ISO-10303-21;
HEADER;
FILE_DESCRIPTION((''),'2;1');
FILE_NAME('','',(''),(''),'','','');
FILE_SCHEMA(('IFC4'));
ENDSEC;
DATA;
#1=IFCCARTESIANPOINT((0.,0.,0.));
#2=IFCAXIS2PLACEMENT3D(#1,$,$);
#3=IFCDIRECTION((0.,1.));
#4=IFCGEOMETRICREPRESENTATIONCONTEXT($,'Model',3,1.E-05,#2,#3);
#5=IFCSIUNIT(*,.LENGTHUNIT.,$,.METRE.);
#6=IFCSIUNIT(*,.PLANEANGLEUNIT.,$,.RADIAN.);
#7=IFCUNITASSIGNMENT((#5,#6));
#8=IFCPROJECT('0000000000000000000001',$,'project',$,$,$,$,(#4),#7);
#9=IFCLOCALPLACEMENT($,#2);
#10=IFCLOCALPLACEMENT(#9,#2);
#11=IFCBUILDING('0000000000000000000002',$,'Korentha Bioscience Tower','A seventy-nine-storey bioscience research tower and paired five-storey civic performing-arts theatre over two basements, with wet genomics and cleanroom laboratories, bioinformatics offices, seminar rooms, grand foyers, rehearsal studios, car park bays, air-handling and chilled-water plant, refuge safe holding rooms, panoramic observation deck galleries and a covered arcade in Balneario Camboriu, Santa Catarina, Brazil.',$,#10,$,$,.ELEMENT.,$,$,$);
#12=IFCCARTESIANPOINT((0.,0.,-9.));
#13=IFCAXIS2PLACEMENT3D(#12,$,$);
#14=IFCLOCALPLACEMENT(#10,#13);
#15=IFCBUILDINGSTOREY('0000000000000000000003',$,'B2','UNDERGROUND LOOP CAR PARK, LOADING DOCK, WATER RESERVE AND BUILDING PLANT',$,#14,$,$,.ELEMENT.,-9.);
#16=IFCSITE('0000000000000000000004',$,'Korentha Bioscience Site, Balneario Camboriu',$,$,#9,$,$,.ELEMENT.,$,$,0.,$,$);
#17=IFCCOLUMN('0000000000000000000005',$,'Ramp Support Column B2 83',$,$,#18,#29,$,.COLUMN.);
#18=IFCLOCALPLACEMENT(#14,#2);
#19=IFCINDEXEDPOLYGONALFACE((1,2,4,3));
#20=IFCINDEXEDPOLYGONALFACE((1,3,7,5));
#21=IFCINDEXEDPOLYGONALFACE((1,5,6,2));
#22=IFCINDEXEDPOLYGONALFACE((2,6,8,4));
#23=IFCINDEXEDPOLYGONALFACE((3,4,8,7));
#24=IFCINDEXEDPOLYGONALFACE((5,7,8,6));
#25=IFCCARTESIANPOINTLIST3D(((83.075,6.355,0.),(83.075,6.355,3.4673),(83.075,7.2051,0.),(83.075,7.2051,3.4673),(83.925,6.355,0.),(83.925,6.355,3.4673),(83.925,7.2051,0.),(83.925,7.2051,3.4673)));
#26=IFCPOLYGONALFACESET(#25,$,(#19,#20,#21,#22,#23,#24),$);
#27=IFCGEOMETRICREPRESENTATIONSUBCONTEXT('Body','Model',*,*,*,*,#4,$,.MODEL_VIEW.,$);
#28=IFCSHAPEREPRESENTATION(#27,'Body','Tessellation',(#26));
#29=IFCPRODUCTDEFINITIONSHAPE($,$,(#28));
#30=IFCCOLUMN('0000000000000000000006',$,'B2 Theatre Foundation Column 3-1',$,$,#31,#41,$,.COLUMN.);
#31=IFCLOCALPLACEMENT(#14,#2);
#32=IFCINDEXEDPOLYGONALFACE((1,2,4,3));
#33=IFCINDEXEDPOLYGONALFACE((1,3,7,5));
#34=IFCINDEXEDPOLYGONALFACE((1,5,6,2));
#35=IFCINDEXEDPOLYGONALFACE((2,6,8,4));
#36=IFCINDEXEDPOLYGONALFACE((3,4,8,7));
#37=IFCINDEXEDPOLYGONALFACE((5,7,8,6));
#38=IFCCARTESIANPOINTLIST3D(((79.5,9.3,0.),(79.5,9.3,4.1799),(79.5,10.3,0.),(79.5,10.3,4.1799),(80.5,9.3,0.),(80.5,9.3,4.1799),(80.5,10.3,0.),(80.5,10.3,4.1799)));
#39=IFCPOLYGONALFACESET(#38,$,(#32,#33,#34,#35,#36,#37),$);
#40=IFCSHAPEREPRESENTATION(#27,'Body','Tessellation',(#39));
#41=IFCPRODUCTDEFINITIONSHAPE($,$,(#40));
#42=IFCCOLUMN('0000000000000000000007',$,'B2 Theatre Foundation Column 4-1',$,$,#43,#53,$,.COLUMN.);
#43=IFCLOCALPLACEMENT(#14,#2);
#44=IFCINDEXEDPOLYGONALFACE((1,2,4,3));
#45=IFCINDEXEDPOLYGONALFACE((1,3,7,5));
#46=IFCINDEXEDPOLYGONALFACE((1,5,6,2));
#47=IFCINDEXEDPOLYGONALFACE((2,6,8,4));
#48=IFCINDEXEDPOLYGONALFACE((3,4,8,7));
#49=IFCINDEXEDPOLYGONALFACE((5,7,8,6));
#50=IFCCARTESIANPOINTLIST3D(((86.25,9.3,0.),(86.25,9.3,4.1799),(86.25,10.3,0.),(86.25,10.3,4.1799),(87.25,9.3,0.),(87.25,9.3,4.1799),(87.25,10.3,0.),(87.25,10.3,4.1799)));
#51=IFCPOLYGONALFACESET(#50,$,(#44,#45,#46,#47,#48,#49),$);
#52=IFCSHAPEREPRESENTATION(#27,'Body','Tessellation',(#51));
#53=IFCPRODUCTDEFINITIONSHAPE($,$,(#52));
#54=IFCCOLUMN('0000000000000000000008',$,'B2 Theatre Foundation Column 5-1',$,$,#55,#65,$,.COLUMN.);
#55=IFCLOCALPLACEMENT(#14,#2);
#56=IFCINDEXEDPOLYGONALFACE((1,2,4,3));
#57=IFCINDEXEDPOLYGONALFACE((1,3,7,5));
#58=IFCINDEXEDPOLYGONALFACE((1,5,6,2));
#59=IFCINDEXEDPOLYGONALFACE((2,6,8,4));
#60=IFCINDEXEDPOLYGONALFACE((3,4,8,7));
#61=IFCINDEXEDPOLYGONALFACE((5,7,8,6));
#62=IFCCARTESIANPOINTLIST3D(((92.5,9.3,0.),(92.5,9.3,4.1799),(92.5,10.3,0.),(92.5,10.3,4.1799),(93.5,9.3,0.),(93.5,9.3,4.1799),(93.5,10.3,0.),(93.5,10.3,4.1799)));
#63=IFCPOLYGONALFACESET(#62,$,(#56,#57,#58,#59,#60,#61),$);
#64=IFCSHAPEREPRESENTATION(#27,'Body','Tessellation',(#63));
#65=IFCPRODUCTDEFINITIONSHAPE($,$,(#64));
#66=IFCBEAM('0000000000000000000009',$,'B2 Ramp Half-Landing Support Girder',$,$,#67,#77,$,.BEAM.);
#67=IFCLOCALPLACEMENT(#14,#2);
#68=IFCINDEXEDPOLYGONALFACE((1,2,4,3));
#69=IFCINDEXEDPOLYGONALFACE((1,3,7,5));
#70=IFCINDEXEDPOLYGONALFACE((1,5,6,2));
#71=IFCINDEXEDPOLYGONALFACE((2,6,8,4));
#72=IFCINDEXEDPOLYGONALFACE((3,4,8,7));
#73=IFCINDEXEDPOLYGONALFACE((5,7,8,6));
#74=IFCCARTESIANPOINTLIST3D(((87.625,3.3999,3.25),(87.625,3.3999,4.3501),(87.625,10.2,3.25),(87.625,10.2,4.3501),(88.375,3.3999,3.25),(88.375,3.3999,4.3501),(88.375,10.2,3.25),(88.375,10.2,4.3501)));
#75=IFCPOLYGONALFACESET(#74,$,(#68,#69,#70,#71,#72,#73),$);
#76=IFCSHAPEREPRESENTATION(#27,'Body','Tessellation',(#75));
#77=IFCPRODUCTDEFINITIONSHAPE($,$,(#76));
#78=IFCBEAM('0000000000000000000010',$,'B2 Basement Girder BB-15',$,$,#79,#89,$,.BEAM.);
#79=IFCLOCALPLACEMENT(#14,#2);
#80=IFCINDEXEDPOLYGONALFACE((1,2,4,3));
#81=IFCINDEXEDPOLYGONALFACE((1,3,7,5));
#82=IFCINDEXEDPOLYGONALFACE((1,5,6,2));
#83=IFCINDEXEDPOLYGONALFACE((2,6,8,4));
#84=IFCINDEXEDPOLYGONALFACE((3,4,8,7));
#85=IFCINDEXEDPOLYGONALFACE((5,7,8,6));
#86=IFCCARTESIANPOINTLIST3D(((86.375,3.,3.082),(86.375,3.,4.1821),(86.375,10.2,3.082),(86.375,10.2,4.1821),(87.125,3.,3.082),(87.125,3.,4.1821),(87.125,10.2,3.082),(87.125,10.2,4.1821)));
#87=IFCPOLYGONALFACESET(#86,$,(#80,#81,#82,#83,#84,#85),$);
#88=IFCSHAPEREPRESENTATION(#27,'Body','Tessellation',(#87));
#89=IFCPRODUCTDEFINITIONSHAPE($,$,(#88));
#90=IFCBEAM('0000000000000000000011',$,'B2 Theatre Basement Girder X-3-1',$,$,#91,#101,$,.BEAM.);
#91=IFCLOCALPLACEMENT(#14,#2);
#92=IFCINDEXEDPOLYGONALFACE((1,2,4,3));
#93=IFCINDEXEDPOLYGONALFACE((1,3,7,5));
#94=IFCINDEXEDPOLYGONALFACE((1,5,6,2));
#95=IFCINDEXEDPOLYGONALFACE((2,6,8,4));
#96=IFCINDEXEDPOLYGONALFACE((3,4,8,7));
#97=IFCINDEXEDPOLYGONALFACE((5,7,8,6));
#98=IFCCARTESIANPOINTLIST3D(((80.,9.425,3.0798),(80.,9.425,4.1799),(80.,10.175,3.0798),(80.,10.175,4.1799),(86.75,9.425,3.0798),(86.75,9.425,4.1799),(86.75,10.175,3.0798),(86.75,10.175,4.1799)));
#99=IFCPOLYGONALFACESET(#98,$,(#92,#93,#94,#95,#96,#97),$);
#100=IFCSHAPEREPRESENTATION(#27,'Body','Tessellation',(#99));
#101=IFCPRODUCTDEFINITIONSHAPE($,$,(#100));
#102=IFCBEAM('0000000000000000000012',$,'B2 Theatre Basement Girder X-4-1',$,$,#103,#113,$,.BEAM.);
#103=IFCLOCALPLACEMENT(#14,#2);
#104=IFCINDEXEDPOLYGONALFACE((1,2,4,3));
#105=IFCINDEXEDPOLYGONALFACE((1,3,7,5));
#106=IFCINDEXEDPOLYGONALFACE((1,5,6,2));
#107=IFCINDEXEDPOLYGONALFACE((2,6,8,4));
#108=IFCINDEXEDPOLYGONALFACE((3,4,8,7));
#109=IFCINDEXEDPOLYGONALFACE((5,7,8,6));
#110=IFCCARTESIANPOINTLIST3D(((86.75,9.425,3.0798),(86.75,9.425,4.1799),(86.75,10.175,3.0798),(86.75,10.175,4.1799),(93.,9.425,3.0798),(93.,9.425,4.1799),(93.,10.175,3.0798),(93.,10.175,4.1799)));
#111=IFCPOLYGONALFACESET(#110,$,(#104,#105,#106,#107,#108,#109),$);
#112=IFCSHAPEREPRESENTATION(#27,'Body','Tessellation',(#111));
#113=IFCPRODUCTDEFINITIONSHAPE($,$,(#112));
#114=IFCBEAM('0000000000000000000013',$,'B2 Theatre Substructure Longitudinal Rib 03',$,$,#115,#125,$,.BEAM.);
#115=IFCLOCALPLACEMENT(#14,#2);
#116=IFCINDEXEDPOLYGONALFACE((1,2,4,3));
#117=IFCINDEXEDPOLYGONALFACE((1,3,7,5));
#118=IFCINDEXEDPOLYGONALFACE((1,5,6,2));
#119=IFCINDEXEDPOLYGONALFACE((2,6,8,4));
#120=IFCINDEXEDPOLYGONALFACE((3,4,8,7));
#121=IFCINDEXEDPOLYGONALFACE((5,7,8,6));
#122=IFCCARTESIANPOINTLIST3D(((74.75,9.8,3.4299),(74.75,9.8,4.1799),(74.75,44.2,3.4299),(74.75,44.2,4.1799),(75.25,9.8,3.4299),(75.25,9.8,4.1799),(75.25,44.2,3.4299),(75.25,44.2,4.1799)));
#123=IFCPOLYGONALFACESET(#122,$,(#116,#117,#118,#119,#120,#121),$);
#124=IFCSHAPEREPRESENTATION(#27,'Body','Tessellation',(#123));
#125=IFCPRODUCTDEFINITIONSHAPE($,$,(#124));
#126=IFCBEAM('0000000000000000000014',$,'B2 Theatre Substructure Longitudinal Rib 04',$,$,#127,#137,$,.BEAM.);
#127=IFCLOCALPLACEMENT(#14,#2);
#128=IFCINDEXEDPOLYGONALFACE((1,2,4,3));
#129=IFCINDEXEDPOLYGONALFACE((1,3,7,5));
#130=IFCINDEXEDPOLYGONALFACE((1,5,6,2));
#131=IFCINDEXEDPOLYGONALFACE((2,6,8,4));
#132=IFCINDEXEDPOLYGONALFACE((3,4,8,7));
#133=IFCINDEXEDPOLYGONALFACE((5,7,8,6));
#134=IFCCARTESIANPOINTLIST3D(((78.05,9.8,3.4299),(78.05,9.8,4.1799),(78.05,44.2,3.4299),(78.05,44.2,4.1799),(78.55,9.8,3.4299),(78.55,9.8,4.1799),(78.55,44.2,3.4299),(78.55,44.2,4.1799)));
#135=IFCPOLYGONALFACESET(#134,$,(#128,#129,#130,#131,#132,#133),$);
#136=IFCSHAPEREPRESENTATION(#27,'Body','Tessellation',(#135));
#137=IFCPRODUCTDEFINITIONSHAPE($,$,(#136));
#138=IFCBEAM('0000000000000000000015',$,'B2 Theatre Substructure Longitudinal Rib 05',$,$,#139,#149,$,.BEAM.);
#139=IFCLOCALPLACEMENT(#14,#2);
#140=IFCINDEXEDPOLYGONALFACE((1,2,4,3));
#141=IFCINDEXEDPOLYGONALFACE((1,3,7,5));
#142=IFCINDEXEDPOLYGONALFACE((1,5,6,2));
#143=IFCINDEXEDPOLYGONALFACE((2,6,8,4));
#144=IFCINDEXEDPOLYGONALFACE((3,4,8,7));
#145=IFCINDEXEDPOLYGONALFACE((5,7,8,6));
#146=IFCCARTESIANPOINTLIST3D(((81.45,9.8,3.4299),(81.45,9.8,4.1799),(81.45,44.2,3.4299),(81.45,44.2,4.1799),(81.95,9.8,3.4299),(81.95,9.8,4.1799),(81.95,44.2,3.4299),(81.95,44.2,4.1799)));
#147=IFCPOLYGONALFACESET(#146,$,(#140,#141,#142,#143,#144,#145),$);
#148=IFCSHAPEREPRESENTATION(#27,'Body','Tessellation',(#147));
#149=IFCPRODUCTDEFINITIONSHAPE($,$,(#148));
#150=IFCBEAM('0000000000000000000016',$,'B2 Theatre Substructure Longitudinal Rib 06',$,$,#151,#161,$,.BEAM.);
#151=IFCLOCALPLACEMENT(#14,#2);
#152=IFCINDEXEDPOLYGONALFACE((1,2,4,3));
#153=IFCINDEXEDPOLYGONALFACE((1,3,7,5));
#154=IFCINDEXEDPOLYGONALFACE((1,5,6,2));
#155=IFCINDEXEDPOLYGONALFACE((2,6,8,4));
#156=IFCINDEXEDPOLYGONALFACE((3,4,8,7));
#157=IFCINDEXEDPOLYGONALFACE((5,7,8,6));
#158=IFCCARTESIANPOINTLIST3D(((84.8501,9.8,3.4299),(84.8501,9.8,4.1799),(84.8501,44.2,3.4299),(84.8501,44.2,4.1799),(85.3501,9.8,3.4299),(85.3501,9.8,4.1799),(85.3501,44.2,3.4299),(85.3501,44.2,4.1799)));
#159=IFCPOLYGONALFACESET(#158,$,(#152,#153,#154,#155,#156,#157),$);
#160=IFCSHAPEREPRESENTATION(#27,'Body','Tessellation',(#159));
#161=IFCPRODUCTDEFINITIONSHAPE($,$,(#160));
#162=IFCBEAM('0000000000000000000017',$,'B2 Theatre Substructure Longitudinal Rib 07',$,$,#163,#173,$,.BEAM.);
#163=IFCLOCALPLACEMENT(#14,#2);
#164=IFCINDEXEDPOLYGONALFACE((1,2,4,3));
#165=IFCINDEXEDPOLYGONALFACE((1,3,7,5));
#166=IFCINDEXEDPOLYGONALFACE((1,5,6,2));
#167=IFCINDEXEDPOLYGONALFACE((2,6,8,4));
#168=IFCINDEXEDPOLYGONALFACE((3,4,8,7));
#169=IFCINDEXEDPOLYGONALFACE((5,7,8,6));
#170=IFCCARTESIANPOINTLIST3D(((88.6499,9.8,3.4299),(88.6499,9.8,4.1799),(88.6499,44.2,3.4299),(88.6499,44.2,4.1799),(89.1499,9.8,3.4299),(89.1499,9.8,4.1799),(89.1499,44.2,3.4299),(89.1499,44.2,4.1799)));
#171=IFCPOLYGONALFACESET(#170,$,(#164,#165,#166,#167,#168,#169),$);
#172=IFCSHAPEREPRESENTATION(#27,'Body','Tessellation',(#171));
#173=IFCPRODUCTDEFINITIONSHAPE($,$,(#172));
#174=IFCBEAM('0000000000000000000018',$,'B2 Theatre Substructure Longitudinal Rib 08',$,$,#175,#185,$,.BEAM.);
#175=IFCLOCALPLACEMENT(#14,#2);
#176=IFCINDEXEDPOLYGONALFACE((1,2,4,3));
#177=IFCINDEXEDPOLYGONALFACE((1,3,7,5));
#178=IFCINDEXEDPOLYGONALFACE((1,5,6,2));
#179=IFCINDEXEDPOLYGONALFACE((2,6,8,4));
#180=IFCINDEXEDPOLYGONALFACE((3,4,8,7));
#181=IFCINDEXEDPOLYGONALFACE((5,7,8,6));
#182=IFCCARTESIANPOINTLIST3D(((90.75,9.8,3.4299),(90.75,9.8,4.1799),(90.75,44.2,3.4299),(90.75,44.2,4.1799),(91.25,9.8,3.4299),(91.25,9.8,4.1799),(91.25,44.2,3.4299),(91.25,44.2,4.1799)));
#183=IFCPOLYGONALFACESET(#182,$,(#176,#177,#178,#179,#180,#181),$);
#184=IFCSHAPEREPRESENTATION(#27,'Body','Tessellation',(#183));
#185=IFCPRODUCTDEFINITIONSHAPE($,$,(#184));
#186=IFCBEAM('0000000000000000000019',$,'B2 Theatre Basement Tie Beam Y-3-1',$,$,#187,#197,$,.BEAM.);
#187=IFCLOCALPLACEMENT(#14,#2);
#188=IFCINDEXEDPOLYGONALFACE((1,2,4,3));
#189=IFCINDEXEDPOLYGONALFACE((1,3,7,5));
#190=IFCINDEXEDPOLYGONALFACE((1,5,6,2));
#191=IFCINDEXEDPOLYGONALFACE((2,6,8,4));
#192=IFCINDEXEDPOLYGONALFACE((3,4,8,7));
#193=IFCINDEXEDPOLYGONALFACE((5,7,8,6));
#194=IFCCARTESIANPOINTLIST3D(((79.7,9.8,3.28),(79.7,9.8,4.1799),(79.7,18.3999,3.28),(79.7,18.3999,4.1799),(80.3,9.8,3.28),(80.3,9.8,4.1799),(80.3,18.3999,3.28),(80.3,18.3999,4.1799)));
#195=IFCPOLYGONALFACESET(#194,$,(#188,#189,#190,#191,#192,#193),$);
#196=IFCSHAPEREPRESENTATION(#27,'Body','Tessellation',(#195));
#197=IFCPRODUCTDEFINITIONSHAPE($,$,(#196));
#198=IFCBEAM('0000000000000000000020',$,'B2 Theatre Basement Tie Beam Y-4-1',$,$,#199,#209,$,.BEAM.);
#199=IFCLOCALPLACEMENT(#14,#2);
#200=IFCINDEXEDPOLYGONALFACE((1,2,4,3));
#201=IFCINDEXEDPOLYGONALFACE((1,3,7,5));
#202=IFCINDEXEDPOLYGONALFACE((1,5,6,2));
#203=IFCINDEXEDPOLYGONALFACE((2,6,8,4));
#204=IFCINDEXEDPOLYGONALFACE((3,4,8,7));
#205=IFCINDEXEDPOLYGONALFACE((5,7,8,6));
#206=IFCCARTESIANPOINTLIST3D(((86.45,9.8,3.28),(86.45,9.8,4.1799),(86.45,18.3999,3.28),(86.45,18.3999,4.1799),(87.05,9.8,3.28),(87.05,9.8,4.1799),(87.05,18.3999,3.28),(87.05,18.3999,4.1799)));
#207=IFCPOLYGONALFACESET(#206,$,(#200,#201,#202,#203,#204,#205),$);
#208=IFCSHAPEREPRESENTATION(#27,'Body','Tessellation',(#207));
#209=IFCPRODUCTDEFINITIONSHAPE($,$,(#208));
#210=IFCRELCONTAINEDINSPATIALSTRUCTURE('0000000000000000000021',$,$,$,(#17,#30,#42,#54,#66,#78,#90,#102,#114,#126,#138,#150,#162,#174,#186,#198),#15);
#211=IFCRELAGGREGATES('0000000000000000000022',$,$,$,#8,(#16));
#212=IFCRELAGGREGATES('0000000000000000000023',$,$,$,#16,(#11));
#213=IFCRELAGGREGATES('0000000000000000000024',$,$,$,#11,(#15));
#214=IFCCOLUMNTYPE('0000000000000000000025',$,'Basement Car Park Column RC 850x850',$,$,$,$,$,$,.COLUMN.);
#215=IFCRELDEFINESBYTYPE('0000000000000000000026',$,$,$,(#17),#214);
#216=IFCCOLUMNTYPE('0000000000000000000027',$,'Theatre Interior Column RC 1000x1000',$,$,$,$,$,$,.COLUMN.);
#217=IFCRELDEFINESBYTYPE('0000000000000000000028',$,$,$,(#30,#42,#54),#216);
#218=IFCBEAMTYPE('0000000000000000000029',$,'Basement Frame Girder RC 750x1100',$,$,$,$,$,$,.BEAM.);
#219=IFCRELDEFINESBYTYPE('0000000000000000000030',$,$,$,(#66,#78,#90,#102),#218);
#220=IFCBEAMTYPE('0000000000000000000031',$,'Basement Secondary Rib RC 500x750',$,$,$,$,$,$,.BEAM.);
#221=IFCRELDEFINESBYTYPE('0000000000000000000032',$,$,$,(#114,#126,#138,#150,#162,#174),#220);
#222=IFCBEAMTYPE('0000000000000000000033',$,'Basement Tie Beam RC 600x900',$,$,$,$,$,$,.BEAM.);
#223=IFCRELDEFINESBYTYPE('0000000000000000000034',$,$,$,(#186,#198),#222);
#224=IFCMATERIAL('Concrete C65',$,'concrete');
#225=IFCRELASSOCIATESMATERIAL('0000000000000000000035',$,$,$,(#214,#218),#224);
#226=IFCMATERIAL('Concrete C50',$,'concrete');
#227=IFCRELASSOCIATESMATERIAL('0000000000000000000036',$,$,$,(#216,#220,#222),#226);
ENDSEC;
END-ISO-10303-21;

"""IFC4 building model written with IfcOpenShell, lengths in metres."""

from ifc_helpers import new_model, si_unit, direction, frame, origin, origin_2d, place, context, subcontext, project, spatial, rectangle, extrude, material, material_profile, profile_set, type_object, element, save


model = new_model("IFC4")

# Units and contexts
model_context = context("Model", 3, precision=1e-05, world=origin(), true_north=direction((0.0, 1.0)))
body_context = subcontext(model_context, "Body", "Model", "MODEL_VIEW")
ifc_project = project(units=[si_unit("LENGTHUNIT", "METRE"), si_unit("PLANEANGLEUNIT", "RADIAN")], contexts=[model_context])

# Site, building, storey
site_placement = place(None, origin())
site = spatial("IfcSite", under=ifc_project, at=site_placement, Name="Korentha Bioscience Site, Balneario Camboriu", CompositionType="ELEMENT", RefElevation=0.0)
building_placement = place(site_placement, origin())
building = spatial("IfcBuilding", under=site, at=building_placement, Name="Korentha Bioscience Tower", Description="A seventy-nine-storey bioscience research tower and paired five-storey civic performing-arts theatre over two basements, with wet genomics and cleanroom laboratories, bioinformatics offices, seminar rooms, grand foyers, rehearsal studios, car park bays, air-handling and chilled-water plant, refuge safe holding rooms, panoramic observation deck galleries and a covered arcade in Balneario Camboriu, Santa Catarina, Brazil.", CompositionType="ELEMENT")
storey_placement = place(building_placement, frame((0.0, 0.0, -9.0)))
storey = spatial("IfcBuildingStorey", under=building, at=storey_placement, Name="B2", Description="UNDERGROUND LOOP CAR PARK, LOADING DOCK, WATER RESERVE AND BUILDING PLANT", CompositionType="ELEMENT", Elevation=-9.0)

# Shared definitions
ifc_material_1 = material(Name="Concrete C50", Category="concrete")

# Columns
ifc_material_2 = material(Name="Concrete C65", Category="concrete")
ifc_material_profile_1 = material_profile(ifc_material_2, rectangle(XDim=0.8501, YDim=0.8501, at=origin_2d()), Name="Concrete C65")
ifc_profile_set_1 = profile_set([ifc_material_profile_1], Name="Concrete C65 (BC-01)")
column_type_1 = type_object("IfcColumnType", Name="Basement Car Park Column RC 850x850", PredefinedType="COLUMN", material=ifc_profile_set_1)
column_1_placement = place(storey_placement, frame((83.5, 6.78, 0.0), z_axis=(0.0, 0.0, 1.0), x_axis=(1.0, 0.0, 0.0)))
element("IfcColumn", 1, at=column_1_placement, inside=storey, type_object=column_type_1, Name="Ramp Support Column B2 83", PredefinedType="COLUMN", context=body_context, shape_type="SweptSolid", body=[
    extrude(rectangle(XDim=0.8501, YDim=0.8501, at=origin_2d()), origin(), (0.0, 0.0, 1.0), 3.4673),
])
ifc_material_profile_2 = material_profile(ifc_material_1, rectangle(XDim=1.0, YDim=1.0, at=origin_2d()), Name="Concrete C50")
ifc_profile_set_2 = profile_set([ifc_material_profile_2], Name="Concrete C50 (TC-I01)")
column_type_2 = type_object("IfcColumnType", Name="Theatre Interior Column RC 1000x1000", PredefinedType="COLUMN", material=ifc_profile_set_2)
for number, where, z_axis, x_axis, name in (
    (2, (80.0, 9.8, 0.0), (0.0, 0.0, 1.0), (1.0, 0.0, 0.0), "B2 Theatre Foundation Column 3-1"),
    (3, (86.75, 9.8, 0.0), (0.0, 0.0, 1.0), (1.0, 0.0, 0.0), "B2 Theatre Foundation Column 4-1"),
    (4, (93.0, 9.8, 0.0), (0.0, 0.0, 1.0), (1.0, 0.0, 0.0), "B2 Theatre Foundation Column 5-1"),
):
    element("IfcColumn", number, at=place(storey_placement, frame(where, z_axis=z_axis, x_axis=x_axis)), inside=storey, type_object=column_type_2, Name=name, PredefinedType="COLUMN", context=body_context, shape_type="SweptSolid", body=[
        extrude(rectangle(XDim=1.0, YDim=1.0, at=origin_2d()), origin(), (0.0, 0.0, 1.0), 4.1799),
    ])

# Beams
ifc_material_profile_3 = material_profile(ifc_material_2, rectangle(XDim=0.75, YDim=1.1001, at=origin_2d()), Name="Concrete C65")
ifc_profile_set_3 = profile_set([ifc_material_profile_3], Name="Concrete C65 (BB-750)")
beam_type_1 = type_object("IfcBeamType", Name="Basement Frame Girder RC 750x1100", PredefinedType="BEAM", material=ifc_profile_set_3)
beam_1_placement = place(storey_placement, frame((88.0, 3.3999, 3.8), z_axis=(0.0, 1.0, 0.0), x_axis=(-1.0, 0.0, 0.0)))
element("IfcBeam", 5, at=beam_1_placement, inside=storey, type_object=beam_type_1, Name="B2 Ramp Half-Landing Support Girder", PredefinedType="BEAM", context=body_context, shape_type="SweptSolid", body=[
    extrude(rectangle(XDim=0.75, YDim=1.1001, at=origin_2d()), origin(), (0.0, 0.0, 1.0), 6.8),
])
beam_2_placement = place(storey_placement, frame((86.75, 3.0, 3.6321), z_axis=(0.0, 1.0, 0.0), x_axis=(-1.0, 0.0, 0.0)))
element("IfcBeam", 6, at=beam_2_placement, inside=storey, type_object=beam_type_1, Name="B2 Basement Girder BB-15", PredefinedType="BEAM", context=body_context, shape_type="SweptSolid", body=[
    extrude(rectangle(XDim=0.75, YDim=1.1001, at=origin_2d()), origin(), (0.0, 0.0, 1.0), 7.2),
])
beam_3_placement = place(storey_placement, frame((80.0, 9.8, 3.6299), z_axis=(1.0, 0.0, 0.0), x_axis=(0.0, 1.0, 0.0)))
element("IfcBeam", 7, at=beam_3_placement, inside=storey, type_object=beam_type_1, Name="B2 Theatre Basement Girder X-3-1", PredefinedType="BEAM", context=body_context, shape_type="SweptSolid", body=[
    extrude(rectangle(XDim=0.75, YDim=1.1001, at=origin_2d()), origin(), (0.0, 0.0, 1.0), 6.75),
])
beam_4_placement = place(storey_placement, frame((86.75, 9.8, 3.6299), z_axis=(1.0, 0.0, 0.0), x_axis=(0.0, 1.0, 0.0)))
element("IfcBeam", 8, at=beam_4_placement, inside=storey, type_object=beam_type_1, Name="B2 Theatre Basement Girder X-4-1", PredefinedType="BEAM", context=body_context, shape_type="SweptSolid", body=[
    extrude(rectangle(XDim=0.75, YDim=1.1001, at=origin_2d()), origin(), (0.0, 0.0, 1.0), 6.25),
])
ifc_material_profile_4 = material_profile(ifc_material_1, rectangle(XDim=0.5, YDim=0.75, at=origin_2d()), Name="Concrete C50")
ifc_profile_set_4 = profile_set([ifc_material_profile_4], Name="Concrete C50 (BB-500)")
beam_type_2 = type_object("IfcBeamType", Name="Basement Secondary Rib RC 500x750", PredefinedType="BEAM", material=ifc_profile_set_4)
for number, where, z_axis, x_axis, name in (
    (9, (75.0, 9.8, 3.8049), (0.0, 1.0, 0.0), (-1.0, 0.0, 0.0), "B2 Theatre Substructure Longitudinal Rib 03"),
    (10, (78.3, 9.8, 3.8049), (0.0, 1.0, 0.0), (-1.0, 0.0, 0.0), "B2 Theatre Substructure Longitudinal Rib 04"),
    (11, (81.7, 9.8, 3.8049), (0.0, 1.0, 0.0), (-1.0, 0.0, 0.0), "B2 Theatre Substructure Longitudinal Rib 05"),
    (12, (85.1001, 9.8, 3.8049), (0.0, 1.0, 0.0), (-1.0, 0.0, 0.0), "B2 Theatre Substructure Longitudinal Rib 06"),
    (13, (88.8999, 9.8, 3.8049), (0.0, 1.0, 0.0), (-1.0, 0.0, 0.0), "B2 Theatre Substructure Longitudinal Rib 07"),
    (14, (91.0, 9.8, 3.8049), (0.0, 1.0, 0.0), (-1.0, 0.0, 0.0), "B2 Theatre Substructure Longitudinal Rib 08"),
):
    element("IfcBeam", number, at=place(storey_placement, frame(where, z_axis=z_axis, x_axis=x_axis)), inside=storey, type_object=beam_type_2, Name=name, PredefinedType="BEAM", context=body_context, shape_type="SweptSolid", body=[
        extrude(rectangle(XDim=0.5, YDim=0.75, at=origin_2d()), origin(), (0.0, 0.0, 1.0), 34.3999),
    ])
ifc_material_profile_5 = material_profile(ifc_material_1, rectangle(XDim=0.6001, YDim=0.8999, at=origin_2d()), Name="Concrete C50")
ifc_profile_set_5 = profile_set([ifc_material_profile_5], Name="Concrete C50 (BB-600)")
beam_type_3 = type_object("IfcBeamType", Name="Basement Tie Beam RC 600x900", PredefinedType="BEAM", material=ifc_profile_set_5)
for number, where, z_axis, x_axis, name in (
    (15, (80.0, 9.8, 3.73), (0.0, 1.0, 0.0), (-1.0, 0.0, 0.0), "B2 Theatre Basement Tie Beam Y-3-1"),
    (16, (86.75, 9.8, 3.73), (0.0, 1.0, 0.0), (-1.0, 0.0, 0.0), "B2 Theatre Basement Tie Beam Y-4-1"),
):
    element("IfcBeam", number, at=place(storey_placement, frame(where, z_axis=z_axis, x_axis=x_axis)), inside=storey, type_object=beam_type_3, Name=name, PredefinedType="BEAM", context=body_context, shape_type="SweptSolid", body=[
        extrude(rectangle(XDim=0.6001, YDim=0.8999, at=origin_2d()), origin(), (0.0, 0.0, 1.0), 8.5999),
    ])

save(model, "model.ifc")
